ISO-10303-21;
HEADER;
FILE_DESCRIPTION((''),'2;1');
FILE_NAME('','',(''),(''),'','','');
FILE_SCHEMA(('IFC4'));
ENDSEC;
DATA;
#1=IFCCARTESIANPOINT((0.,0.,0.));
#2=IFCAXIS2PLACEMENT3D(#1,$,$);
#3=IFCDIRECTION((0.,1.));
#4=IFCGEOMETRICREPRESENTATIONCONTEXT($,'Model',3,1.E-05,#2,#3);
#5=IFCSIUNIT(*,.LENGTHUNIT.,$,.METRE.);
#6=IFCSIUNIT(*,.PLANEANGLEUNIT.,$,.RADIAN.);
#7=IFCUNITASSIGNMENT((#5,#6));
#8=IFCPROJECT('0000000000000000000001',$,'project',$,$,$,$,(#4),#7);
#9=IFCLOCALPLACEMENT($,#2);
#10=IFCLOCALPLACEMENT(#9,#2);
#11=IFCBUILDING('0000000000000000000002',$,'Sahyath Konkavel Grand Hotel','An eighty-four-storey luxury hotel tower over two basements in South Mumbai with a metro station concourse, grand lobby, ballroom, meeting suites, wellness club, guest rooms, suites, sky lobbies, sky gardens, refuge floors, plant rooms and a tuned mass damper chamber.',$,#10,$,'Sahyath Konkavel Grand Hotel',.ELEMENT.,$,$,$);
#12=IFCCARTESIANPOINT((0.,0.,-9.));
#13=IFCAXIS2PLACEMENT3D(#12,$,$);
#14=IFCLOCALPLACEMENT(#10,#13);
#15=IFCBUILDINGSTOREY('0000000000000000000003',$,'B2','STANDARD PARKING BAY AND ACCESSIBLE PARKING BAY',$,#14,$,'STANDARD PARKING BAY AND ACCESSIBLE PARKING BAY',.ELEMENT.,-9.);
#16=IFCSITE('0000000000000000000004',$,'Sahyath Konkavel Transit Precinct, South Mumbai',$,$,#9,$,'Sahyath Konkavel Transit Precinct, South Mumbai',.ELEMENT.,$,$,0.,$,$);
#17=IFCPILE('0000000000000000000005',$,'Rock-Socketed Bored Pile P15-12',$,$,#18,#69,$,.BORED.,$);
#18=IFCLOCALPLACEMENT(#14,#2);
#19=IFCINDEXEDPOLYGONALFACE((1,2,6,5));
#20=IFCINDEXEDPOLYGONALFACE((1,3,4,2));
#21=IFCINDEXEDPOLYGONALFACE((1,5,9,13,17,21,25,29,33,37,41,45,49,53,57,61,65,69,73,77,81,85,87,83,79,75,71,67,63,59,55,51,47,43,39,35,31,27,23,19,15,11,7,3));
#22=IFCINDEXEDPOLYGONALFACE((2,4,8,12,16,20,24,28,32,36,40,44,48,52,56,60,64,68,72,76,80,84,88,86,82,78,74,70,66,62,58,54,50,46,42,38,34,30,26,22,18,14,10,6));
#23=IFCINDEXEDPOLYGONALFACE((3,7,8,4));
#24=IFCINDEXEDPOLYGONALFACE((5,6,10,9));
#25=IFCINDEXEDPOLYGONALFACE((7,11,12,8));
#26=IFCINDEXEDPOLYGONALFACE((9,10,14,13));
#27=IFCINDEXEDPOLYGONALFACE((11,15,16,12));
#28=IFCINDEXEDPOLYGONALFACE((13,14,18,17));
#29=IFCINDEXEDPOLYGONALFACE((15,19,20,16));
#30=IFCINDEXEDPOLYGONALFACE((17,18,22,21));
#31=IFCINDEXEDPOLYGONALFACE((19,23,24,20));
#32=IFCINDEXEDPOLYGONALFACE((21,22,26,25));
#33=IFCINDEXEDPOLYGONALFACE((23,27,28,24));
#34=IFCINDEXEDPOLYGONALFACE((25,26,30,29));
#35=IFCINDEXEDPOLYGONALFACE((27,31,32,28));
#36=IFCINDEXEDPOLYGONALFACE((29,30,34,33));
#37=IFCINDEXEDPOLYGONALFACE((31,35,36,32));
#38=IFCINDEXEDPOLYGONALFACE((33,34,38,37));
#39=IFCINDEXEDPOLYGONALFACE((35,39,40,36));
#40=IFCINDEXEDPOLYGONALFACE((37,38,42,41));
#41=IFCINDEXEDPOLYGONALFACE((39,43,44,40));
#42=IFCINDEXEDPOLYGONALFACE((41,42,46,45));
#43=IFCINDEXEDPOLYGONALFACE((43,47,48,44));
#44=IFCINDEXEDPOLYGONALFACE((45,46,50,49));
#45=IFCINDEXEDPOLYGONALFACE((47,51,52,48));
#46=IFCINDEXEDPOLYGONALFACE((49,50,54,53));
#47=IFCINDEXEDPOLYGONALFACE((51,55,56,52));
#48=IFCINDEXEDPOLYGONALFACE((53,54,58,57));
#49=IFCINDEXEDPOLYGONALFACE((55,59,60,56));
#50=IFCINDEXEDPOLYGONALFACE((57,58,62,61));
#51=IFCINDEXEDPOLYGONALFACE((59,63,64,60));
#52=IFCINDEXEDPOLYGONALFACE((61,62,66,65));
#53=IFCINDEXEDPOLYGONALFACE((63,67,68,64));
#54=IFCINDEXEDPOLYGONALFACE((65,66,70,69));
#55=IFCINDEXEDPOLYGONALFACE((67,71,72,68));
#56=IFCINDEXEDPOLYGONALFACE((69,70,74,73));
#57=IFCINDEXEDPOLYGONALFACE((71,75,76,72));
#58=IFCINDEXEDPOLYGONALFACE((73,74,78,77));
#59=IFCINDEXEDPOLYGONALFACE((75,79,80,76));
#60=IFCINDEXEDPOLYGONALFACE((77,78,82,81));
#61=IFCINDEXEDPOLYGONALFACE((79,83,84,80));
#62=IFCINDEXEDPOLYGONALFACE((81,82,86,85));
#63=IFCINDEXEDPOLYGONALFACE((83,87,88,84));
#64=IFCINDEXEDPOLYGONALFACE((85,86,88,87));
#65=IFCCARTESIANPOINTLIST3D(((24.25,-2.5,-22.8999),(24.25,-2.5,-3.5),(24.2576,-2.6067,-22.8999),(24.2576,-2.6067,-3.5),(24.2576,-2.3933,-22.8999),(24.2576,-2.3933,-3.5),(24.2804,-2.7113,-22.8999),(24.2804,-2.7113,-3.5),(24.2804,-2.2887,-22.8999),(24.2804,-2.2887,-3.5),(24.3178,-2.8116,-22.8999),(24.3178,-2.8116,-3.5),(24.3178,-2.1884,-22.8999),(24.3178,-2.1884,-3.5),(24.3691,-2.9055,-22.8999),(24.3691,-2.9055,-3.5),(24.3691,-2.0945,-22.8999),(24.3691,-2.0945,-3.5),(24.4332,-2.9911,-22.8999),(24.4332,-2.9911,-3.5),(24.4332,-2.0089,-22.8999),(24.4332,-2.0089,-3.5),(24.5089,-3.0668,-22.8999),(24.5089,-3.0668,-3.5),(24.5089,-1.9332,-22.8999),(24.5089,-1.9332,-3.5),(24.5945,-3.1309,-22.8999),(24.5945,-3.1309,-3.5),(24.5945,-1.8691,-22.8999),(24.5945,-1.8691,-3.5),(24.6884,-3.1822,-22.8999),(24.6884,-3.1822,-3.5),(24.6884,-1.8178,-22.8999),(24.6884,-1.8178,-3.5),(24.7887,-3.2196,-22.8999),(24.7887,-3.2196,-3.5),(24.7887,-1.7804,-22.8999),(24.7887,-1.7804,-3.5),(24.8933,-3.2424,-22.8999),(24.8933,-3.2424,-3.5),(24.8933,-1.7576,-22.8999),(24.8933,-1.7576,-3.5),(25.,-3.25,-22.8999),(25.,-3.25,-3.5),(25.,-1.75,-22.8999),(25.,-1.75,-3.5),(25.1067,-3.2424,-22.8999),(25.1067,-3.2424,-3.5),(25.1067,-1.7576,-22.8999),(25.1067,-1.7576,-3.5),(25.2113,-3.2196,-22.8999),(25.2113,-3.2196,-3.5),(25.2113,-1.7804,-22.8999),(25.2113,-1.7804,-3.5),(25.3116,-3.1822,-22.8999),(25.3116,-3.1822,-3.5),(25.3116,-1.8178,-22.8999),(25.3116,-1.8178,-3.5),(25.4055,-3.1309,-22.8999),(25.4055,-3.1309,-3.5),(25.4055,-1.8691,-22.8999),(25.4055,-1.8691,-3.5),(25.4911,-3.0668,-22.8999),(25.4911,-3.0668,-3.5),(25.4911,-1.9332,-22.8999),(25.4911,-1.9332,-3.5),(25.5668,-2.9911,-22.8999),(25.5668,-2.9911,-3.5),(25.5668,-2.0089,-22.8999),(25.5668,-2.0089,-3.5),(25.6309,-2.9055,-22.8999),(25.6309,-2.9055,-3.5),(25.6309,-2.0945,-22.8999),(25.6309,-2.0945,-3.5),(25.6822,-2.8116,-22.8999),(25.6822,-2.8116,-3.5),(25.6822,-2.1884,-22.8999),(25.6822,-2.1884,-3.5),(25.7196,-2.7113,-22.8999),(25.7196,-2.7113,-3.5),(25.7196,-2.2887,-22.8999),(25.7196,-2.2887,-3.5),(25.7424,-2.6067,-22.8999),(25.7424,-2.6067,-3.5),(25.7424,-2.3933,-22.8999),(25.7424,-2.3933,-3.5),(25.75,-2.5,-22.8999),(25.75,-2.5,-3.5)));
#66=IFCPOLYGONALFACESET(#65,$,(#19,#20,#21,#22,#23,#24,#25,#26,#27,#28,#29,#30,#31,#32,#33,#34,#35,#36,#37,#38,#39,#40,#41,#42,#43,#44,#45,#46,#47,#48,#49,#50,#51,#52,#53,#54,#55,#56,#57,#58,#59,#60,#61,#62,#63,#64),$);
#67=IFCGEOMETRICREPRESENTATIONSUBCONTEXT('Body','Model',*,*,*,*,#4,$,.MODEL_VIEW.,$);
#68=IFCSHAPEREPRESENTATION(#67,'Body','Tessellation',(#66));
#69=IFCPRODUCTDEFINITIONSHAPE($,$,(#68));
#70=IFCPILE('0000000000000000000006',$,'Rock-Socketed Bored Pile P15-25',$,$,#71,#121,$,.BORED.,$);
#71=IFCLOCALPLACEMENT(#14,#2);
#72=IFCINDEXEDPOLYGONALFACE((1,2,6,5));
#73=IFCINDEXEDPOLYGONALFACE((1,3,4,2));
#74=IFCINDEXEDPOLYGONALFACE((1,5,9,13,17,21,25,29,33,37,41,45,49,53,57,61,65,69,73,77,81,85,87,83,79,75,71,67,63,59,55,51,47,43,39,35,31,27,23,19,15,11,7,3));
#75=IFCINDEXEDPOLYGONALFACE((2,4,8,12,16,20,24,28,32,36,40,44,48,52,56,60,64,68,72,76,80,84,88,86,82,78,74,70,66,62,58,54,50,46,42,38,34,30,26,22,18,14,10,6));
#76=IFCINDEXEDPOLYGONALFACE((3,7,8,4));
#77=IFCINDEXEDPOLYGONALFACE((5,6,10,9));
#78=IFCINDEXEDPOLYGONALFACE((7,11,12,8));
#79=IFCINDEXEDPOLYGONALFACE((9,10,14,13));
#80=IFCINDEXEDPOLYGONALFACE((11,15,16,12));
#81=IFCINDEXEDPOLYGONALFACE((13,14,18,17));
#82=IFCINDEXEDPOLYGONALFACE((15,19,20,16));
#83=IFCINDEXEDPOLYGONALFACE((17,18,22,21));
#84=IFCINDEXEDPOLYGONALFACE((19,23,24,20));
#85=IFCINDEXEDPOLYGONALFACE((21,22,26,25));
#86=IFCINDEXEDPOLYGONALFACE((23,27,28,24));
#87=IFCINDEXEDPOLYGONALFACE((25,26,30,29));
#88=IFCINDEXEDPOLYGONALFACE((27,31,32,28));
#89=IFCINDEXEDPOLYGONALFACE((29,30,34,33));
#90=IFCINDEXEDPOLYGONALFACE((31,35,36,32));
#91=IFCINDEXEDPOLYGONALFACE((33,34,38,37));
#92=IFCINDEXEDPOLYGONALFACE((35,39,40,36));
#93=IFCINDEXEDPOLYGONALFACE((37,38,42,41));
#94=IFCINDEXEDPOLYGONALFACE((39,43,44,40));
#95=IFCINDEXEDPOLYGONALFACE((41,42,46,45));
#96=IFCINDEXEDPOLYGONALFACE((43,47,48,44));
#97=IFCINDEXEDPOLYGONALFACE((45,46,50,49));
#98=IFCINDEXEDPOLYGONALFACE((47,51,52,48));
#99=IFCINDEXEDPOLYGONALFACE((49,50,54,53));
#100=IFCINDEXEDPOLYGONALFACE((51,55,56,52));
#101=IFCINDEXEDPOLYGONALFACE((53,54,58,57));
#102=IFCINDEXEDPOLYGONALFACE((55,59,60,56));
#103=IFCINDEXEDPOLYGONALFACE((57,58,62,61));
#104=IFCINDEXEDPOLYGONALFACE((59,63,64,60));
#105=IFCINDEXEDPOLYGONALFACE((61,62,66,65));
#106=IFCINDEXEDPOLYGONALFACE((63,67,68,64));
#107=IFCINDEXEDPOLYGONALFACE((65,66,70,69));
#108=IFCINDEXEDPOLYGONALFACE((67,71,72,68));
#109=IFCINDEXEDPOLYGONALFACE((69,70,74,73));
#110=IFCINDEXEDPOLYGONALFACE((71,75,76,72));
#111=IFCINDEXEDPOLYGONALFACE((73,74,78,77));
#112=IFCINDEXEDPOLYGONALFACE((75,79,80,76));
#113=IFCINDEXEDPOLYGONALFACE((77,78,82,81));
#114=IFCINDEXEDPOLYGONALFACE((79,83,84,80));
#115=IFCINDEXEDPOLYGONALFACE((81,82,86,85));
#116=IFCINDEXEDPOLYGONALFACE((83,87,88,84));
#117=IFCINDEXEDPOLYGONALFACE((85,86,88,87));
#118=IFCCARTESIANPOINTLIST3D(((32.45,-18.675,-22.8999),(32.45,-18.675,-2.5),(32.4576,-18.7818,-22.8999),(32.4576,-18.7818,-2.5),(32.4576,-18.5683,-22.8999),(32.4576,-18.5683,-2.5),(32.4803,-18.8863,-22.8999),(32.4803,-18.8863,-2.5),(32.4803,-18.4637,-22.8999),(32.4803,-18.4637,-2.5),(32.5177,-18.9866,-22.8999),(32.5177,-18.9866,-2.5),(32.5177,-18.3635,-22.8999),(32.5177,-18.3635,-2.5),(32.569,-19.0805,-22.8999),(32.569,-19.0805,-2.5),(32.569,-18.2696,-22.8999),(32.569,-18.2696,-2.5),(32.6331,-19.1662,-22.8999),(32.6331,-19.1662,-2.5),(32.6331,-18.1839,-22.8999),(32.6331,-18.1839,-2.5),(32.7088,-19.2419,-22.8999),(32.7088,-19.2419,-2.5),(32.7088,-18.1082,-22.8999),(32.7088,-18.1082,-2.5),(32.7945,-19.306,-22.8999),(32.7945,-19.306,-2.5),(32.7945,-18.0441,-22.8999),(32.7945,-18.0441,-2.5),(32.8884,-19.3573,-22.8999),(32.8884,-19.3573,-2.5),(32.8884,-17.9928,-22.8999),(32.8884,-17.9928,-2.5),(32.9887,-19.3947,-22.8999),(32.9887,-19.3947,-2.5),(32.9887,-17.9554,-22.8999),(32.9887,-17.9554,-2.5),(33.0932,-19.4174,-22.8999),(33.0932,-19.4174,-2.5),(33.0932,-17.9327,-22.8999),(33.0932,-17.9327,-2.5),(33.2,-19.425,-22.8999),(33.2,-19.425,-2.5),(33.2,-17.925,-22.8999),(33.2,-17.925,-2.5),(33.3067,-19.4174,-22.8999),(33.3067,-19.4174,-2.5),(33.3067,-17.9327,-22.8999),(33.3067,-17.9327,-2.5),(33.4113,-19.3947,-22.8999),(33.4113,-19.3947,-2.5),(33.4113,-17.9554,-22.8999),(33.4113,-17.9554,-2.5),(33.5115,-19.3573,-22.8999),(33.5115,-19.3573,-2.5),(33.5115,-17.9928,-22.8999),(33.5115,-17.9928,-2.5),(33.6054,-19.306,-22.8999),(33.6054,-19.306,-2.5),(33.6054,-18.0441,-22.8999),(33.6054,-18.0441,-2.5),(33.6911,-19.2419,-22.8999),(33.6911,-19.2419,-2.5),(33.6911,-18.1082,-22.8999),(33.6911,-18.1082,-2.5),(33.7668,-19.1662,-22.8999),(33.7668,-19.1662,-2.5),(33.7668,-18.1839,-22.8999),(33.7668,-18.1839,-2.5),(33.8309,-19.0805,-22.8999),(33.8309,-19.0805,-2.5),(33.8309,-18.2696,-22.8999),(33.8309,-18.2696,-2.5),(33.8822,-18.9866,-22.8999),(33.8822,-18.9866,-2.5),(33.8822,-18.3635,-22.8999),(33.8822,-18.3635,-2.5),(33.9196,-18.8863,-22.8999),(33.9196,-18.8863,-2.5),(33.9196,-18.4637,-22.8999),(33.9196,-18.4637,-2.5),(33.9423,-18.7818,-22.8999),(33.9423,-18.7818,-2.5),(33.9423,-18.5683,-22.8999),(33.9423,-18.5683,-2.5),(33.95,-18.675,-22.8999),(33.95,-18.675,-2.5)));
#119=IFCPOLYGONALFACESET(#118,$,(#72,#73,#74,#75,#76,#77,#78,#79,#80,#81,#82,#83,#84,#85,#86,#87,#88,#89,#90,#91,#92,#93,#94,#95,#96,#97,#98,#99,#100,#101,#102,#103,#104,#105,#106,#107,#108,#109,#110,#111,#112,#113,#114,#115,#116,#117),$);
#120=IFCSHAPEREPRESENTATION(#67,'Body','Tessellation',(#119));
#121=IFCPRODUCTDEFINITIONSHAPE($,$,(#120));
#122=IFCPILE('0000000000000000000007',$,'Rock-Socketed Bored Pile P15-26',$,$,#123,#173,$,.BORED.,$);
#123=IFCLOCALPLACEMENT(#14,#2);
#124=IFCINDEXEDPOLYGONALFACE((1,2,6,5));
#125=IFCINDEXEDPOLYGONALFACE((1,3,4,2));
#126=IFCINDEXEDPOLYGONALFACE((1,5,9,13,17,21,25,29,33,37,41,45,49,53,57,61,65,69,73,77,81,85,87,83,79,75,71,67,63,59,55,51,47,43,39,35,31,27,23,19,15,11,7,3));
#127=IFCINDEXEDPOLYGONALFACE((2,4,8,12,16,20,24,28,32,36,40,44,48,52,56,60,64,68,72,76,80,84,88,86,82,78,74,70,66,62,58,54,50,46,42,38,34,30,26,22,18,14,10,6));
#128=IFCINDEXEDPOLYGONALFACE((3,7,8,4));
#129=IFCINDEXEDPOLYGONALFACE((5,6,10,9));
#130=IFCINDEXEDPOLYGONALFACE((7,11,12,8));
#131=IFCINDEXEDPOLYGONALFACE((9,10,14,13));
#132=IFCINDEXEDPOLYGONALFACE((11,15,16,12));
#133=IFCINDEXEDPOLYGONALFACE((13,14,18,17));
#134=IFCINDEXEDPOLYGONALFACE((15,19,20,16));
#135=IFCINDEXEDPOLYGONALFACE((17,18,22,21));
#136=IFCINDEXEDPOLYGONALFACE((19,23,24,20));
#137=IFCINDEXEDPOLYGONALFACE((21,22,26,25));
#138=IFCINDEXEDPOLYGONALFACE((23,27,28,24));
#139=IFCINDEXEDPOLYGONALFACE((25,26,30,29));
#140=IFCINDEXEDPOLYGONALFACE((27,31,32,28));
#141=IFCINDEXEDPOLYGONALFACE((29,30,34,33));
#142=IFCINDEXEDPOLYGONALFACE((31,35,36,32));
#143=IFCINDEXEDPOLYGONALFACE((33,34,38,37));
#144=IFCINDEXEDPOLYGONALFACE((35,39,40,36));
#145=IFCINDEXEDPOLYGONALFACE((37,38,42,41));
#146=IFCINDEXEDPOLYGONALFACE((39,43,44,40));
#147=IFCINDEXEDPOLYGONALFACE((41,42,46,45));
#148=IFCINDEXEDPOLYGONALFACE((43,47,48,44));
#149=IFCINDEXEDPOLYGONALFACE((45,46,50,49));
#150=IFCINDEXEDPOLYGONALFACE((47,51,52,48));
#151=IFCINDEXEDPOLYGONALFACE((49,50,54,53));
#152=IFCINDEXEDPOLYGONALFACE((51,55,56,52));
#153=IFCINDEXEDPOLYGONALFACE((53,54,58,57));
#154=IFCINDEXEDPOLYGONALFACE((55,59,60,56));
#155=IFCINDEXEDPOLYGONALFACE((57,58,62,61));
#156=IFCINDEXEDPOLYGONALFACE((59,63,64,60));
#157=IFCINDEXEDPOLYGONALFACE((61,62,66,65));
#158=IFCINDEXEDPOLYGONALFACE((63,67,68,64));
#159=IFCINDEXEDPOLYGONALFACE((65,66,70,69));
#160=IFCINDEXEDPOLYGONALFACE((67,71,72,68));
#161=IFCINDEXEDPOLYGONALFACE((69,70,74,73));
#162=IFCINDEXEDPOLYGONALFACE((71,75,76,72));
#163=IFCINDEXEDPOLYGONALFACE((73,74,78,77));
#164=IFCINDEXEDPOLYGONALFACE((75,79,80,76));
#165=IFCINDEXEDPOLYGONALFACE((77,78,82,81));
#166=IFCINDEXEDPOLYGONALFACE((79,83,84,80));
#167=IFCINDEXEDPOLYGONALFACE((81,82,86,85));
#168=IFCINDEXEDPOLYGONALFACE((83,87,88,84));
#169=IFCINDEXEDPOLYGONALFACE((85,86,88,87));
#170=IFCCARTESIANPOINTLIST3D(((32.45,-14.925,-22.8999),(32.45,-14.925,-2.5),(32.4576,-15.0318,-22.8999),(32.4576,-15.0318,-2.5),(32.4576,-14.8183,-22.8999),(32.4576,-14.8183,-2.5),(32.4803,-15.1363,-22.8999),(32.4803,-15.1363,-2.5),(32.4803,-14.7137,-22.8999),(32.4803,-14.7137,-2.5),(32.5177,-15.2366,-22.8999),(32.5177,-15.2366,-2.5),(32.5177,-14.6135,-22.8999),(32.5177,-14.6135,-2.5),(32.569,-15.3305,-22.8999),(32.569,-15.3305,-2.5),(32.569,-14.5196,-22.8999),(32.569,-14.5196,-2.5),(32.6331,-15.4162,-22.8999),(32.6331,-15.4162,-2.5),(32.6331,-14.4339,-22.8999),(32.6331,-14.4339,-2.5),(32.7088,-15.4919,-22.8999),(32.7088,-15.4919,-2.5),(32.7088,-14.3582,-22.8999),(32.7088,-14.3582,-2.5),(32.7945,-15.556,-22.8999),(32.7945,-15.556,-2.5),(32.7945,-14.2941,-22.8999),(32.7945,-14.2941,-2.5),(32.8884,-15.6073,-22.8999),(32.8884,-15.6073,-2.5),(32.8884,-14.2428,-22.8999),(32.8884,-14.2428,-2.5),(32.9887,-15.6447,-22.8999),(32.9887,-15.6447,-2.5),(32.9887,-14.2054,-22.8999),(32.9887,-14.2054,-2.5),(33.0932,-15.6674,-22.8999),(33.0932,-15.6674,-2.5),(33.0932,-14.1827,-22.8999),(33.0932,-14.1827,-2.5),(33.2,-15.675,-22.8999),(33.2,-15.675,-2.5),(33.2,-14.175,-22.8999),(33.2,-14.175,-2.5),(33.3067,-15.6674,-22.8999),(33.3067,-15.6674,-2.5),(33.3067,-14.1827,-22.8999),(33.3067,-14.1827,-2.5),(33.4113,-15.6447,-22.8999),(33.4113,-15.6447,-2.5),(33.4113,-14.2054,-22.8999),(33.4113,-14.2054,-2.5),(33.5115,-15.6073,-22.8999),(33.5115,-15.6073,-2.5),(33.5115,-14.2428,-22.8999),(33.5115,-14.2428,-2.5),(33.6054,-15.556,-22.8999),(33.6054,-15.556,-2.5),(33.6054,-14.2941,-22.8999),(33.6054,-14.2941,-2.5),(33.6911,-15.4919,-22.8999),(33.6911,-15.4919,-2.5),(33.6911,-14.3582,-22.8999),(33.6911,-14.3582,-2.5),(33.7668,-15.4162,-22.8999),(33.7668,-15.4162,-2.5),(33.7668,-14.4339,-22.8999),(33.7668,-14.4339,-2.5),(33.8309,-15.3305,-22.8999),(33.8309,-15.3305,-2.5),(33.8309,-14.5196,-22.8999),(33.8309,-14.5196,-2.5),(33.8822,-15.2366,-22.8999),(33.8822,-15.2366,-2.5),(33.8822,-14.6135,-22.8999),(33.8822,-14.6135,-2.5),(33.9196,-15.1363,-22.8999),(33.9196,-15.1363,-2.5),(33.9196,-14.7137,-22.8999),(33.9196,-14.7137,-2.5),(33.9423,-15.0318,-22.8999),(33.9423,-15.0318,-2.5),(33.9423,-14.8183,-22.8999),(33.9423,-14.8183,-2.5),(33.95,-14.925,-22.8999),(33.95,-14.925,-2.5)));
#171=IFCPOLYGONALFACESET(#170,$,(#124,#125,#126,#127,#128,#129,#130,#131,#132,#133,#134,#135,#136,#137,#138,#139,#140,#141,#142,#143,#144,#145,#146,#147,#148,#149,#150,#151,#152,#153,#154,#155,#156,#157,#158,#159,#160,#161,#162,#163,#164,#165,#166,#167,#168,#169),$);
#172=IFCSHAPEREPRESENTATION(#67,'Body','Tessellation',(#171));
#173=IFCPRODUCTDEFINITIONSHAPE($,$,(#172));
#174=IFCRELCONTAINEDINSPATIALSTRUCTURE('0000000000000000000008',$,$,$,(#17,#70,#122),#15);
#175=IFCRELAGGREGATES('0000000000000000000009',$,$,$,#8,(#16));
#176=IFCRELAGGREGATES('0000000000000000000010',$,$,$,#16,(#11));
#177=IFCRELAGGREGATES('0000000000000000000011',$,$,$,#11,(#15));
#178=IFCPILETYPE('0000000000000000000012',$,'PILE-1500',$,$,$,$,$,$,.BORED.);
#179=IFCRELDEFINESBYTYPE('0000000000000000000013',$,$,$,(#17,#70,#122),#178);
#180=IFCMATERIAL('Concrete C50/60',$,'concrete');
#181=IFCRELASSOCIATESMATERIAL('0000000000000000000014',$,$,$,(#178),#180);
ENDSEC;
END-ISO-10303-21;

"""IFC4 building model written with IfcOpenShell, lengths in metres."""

from ifc_helpers import new_model, si_unit, direction, frame, origin, origin_2d, place, context, subcontext, project, spatial, circle, extrude, material, material_profile, profile_set, type_object, element, save


model = new_model("IFC4")

# Units and contexts
model_context = context("Model", 3, precision=1e-05, world=origin(), true_north=direction((0.0, 1.0)))
body_context = subcontext(model_context, "Body", "Model", "MODEL_VIEW")
ifc_project = project(units=[si_unit("LENGTHUNIT", "METRE"), si_unit("PLANEANGLEUNIT", "RADIAN")], contexts=[model_context])

# Site, building, storey
site_placement = place(None, origin())
site = spatial("IfcSite", under=ifc_project, at=site_placement, Name="Sahyath Konkavel Transit Precinct, South Mumbai", LongName="Sahyath Konkavel Transit Precinct, South Mumbai", CompositionType="ELEMENT", RefElevation=0.0)
building_placement = place(site_placement, origin())
building = spatial("IfcBuilding", under=site, at=building_placement, Name="Sahyath Konkavel Grand Hotel", Description="An eighty-four-storey luxury hotel tower over two basements in South Mumbai with a metro station concourse, grand lobby, ballroom, meeting suites, wellness club, guest rooms, suites, sky lobbies, sky gardens, refuge floors, plant rooms and a tuned mass damper chamber.", LongName="Sahyath Konkavel Grand Hotel", CompositionType="ELEMENT")
storey_placement = place(building_placement, frame((0.0, 0.0, -9.0)))
storey = spatial("IfcBuildingStorey", under=building, at=storey_placement, Name="B2", Description="STANDARD PARKING BAY AND ACCESSIBLE PARKING BAY", LongName="STANDARD PARKING BAY AND ACCESSIBLE PARKING BAY", CompositionType="ELEMENT", Elevation=-9.0)

# Piles
ifc_material_1 = material(Name="Concrete C50/60", Category="concrete")
ifc_material_profile_1 = material_profile(ifc_material_1, circle(Radius=0.75, at=origin_2d()), Name="PILE D1500")
ifc_profile_set_1 = profile_set([ifc_material_profile_1], Name="Concrete C50/60")
pile_type = type_object("IfcPileType", Name="PILE-1500", PredefinedType="BORED", material=ifc_profile_set_1)
for number, where, z_axis, x_axis, name in (
    (1, (25.0, -2.5, -3.5), (0.0, 0.0, -1.0), (1.0, 0.0, 0.0), "Rock-Socketed Bored Pile P15-12"),
):
    element("IfcPile", number, at=place(storey_placement, frame(where, z_axis=z_axis, x_axis=x_axis)), inside=storey, type_object=pile_type, Name=name, PredefinedType="BORED", context=body_context, shape_type="SweptSolid", body=[
        extrude(circle(Radius=0.75, at=origin_2d()), origin(), (0.0, 0.0, 1.0), 19.3999),
    ])
for number, where, z_axis, x_axis, name in (
    (2, (33.2, -18.675, -2.5), (0.0, 0.0, -1.0), (1.0, 0.0, 0.0), "Rock-Socketed Bored Pile P15-25"),
    (3, (33.2, -14.925, -2.5), (0.0, 0.0, -1.0), (1.0, 0.0, 0.0), "Rock-Socketed Bored Pile P15-26"),
):
    element("IfcPile", number, at=place(storey_placement, frame(where, z_axis=z_axis, x_axis=x_axis)), inside=storey, type_object=pile_type, Name=name, PredefinedType="BORED", context=body_context, shape_type="SweptSolid", body=[
        extrude(circle(Radius=0.75, at=origin_2d()), origin(), (0.0, 0.0, 1.0), 20.3999),
    ])

save(model, "model.ifc")
